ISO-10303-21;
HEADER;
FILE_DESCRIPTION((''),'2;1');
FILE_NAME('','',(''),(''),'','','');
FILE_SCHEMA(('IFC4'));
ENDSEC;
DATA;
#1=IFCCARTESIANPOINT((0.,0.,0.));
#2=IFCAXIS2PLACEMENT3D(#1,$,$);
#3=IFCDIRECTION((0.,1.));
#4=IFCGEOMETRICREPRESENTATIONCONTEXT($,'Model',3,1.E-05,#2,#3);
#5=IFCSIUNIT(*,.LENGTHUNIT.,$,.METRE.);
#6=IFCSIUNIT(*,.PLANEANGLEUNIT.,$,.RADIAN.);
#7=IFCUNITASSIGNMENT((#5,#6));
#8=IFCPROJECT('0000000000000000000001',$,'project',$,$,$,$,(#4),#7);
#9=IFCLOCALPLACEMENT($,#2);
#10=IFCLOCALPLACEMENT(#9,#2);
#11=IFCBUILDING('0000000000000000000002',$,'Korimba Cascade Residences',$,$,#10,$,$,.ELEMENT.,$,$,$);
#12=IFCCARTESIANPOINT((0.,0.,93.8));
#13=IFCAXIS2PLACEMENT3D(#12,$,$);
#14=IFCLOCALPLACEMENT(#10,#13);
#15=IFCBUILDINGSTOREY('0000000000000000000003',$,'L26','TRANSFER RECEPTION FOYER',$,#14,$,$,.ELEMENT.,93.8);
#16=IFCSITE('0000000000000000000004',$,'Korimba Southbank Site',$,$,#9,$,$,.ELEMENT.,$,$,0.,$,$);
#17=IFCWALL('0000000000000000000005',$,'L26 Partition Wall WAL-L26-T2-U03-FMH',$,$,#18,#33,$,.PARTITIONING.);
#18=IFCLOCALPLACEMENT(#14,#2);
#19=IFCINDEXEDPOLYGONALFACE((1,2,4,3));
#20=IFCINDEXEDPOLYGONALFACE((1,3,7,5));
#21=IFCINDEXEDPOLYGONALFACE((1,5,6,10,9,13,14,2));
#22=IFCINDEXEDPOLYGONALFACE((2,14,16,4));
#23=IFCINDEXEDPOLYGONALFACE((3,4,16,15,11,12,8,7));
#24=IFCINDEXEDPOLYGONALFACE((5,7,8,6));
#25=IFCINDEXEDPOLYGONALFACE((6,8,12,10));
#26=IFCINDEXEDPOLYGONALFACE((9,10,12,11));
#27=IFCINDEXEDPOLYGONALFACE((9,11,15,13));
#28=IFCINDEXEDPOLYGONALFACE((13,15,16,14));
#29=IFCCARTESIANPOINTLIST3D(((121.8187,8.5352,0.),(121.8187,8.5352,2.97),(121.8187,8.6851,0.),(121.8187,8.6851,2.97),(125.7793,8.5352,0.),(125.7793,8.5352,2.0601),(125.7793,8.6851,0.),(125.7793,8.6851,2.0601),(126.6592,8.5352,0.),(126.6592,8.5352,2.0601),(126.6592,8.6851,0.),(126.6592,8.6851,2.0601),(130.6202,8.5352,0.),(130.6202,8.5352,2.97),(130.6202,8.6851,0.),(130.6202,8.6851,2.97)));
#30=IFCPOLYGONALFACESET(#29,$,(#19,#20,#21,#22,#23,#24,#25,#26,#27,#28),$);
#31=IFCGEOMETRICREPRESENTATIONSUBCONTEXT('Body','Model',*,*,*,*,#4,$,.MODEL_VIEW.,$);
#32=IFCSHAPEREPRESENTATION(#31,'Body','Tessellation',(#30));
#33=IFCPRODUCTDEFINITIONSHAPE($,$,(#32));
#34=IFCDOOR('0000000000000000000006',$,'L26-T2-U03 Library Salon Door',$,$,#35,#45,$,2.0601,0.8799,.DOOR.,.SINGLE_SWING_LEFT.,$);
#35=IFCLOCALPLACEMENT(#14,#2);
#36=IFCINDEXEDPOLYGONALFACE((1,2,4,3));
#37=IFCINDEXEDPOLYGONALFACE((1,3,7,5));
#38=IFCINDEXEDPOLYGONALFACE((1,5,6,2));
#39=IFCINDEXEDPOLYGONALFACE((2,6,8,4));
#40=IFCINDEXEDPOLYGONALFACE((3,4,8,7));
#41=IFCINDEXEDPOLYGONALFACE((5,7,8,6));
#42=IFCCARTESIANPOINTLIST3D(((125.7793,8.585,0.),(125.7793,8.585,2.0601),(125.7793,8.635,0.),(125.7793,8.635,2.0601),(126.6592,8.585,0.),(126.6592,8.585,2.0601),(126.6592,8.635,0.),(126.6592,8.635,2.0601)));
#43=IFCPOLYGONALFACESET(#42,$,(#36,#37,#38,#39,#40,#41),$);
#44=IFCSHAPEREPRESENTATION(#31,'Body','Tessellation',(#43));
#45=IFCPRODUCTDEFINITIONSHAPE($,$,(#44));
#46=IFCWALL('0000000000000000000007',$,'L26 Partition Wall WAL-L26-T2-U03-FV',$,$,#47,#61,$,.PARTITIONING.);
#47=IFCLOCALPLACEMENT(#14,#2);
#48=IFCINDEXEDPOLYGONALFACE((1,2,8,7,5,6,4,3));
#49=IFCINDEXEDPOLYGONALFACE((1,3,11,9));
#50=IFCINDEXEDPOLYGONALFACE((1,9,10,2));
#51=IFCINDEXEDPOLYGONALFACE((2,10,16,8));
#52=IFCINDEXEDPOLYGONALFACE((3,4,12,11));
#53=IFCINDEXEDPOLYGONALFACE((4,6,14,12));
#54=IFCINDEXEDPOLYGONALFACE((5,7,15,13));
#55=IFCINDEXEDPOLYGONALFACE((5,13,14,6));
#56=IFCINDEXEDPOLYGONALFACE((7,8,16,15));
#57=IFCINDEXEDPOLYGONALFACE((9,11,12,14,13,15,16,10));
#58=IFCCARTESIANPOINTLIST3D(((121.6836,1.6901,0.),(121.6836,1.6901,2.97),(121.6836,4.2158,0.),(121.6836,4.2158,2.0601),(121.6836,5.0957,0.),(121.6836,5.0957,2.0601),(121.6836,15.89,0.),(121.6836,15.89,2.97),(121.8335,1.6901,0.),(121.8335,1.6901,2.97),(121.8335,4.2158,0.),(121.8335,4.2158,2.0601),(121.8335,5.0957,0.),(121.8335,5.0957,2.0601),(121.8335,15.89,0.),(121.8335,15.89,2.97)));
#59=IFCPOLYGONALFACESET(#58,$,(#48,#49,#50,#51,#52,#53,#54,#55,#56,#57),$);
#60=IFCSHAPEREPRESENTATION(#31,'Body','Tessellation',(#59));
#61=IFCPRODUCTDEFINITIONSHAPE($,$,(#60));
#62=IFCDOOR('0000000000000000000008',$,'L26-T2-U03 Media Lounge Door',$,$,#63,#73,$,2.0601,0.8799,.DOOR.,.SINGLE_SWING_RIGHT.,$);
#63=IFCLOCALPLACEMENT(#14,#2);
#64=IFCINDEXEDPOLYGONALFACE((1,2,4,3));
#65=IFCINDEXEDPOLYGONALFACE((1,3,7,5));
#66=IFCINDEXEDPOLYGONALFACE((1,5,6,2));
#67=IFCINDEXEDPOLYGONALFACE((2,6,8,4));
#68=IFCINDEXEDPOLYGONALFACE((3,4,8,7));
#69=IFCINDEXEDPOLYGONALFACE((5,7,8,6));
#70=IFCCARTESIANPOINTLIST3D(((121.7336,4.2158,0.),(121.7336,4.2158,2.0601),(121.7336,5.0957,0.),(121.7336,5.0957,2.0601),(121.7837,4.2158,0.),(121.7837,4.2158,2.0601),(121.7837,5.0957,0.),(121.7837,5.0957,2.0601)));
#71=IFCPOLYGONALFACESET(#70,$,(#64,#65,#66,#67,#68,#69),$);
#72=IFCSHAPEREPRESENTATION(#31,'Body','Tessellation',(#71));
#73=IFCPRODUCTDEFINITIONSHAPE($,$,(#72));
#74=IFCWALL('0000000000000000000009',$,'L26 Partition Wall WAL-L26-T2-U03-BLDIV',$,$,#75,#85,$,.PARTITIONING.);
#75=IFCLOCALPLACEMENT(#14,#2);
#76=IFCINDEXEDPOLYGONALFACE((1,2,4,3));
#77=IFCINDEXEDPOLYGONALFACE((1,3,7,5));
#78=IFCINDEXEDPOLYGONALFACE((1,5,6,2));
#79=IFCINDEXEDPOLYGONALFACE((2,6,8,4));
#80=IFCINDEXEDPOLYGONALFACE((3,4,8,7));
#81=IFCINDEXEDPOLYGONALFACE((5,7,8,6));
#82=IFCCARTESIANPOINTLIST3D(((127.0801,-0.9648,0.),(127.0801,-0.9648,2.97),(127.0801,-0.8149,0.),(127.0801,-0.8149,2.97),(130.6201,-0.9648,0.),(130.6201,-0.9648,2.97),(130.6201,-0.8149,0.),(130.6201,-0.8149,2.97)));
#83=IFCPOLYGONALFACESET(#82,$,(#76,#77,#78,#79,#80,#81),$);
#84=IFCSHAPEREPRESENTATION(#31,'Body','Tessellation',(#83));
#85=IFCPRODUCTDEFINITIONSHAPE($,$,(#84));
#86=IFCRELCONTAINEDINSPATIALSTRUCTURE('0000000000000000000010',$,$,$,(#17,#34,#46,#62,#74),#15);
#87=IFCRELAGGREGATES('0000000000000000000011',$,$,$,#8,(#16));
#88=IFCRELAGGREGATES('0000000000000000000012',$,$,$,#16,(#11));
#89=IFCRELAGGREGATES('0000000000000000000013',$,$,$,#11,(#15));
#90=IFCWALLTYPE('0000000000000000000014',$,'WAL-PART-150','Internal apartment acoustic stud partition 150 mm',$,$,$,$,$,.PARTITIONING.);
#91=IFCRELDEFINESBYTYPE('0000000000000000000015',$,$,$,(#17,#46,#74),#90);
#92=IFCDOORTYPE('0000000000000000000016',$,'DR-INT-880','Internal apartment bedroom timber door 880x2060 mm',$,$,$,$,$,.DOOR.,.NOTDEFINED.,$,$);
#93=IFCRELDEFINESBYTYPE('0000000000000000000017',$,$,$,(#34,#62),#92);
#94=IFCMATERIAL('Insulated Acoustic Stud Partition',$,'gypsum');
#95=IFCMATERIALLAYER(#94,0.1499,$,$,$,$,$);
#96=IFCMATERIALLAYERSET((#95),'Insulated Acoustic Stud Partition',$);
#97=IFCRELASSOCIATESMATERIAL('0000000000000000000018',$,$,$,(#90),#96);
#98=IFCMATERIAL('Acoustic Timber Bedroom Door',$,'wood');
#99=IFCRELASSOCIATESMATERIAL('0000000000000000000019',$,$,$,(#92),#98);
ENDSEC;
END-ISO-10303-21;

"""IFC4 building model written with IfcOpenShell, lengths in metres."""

from ifc_helpers import new_model, si_unit, direction, frame, frame_2d, origin, place, context, subcontext, project, spatial, rectangle, extrude, material, layer, layer_set, type_object, element, fill, save


model = new_model("IFC4")

# Units and contexts
model_context = context("Model", 3, precision=1e-05, world=origin(), true_north=direction((0.0, 1.0)))
body_context = subcontext(model_context, "Body", "Model", "MODEL_VIEW")
ifc_project = project(units=[si_unit("LENGTHUNIT", "METRE"), si_unit("PLANEANGLEUNIT", "RADIAN")], contexts=[model_context])

# Site, building, storey
site_placement = place(None, origin())
site = spatial("IfcSite", under=ifc_project, at=site_placement, Name="Korimba Southbank Site", CompositionType="ELEMENT", RefElevation=0.0)
building_placement = place(site_placement, origin())
building = spatial("IfcBuilding", under=site, at=building_placement, Name="Korimba Cascade Residences", CompositionType="ELEMENT")
storey_placement = place(building_placement, frame((0.0, 0.0, 93.8)))
storey = spatial("IfcBuildingStorey", under=building, at=storey_placement, Name="L26", Description="TRANSFER RECEPTION FOYER", CompositionType="ELEMENT", Elevation=93.8)

# Walls, openings, doors
ifc_material_1 = material(Name="Insulated Acoustic Stud Partition", Category="gypsum")
ifc_layer_1 = layer(ifc_material_1, 0.1499)
ifc_layer_set_1 = layer_set([ifc_layer_1], Name="Insulated Acoustic Stud Partition")
wall_type = type_object("IfcWallType", Name="WAL-PART-150", Description="Internal apartment acoustic stud partition 150 mm", PredefinedType="PARTITIONING", material=ifc_layer_set_1)
wall_1_placement = place(storey_placement, frame((121.8186, 8.6101, 0.0), z_axis=(0.0, 0.0, 1.0), x_axis=(1.0, 0.0, 0.0)))
wall_1 = element("IfcWall", 1, at=wall_1_placement, inside=storey, type_object=wall_type, Name="L26 Partition Wall WAL-L26-T2-U03-FMH", PredefinedType="PARTITIONING", context=body_context, shape_type="SweptSolid", body=[
    extrude(rectangle(XDim=8.8015, YDim=0.1499, at=frame_2d((4.4009, 0.0))), origin(), (0.0, 0.0, 1.0), 2.97),
])
opening_1_placement = place(wall_1_placement, frame((3.9607, 0.0, 0.0)))
opening_1 = element("IfcOpeningElement", 2, at=opening_1_placement, cuts=wall_1, PredefinedType="OPENING", context=body_context, shape_type="SweptSolid", body=[
    extrude(rectangle(XDim=0.8799, YDim=2.0601, at=frame_2d((0.4399, 1.03))), frame((0.0, 0.085, 0.0), z_axis=(0.0, -1.0, 0.0), x_axis=(1.0, 0.0, 0.0)), (0.0, 0.0, 1.0), 0.1699),
])
ifc_material_2 = material(Name="Acoustic Timber Bedroom Door", Category="wood")
door_type = type_object("IfcDoorType", Name="DR-INT-880", Description="Internal apartment bedroom timber door 880x2060 mm", OperationType="NOTDEFINED", PredefinedType="DOOR", material=ifc_material_2)
door_1_placement = place(opening_1_placement, origin())
door_1 = element("IfcDoor", 3, at=door_1_placement, inside=storey, type_object=door_type, Name="L26-T2-U03 Library Salon Door", OperationType="SINGLE_SWING_LEFT", OverallHeight=2.0601, OverallWidth=0.8799, PredefinedType="DOOR", context=body_context, shape_type="SweptSolid", body=[
    extrude(rectangle(XDim=0.8799, YDim=2.0601, at=frame_2d((0.4399, 1.03))), frame((0.0, 0.0249, 0.0), z_axis=(0.0, -1.0, 0.0), x_axis=(1.0, 0.0, 0.0)), (0.0, 0.0, 1.0), 0.05),
])
fill(opening_1, door_1)
wall_2_placement = place(storey_placement, frame((121.7585, 1.6899, 0.0), z_axis=(0.0, 0.0, 1.0), x_axis=(0.0, 1.0, 0.0)))
wall_2 = element("IfcWall", 4, at=wall_2_placement, inside=storey, type_object=wall_type, Name="L26 Partition Wall WAL-L26-T2-U03-FV", PredefinedType="PARTITIONING", context=body_context, shape_type="SweptSolid", body=[
    extrude(rectangle(XDim=14.2, YDim=0.1499, at=frame_2d((7.1001, 0.0))), origin(), (0.0, 0.0, 1.0), 2.97),
])
opening_2_placement = place(wall_2_placement, frame((2.5259, 0.0, 0.0)))
opening_2 = element("IfcOpeningElement", 5, at=opening_2_placement, cuts=wall_2, PredefinedType="OPENING", context=body_context, shape_type="SweptSolid", body=[
    extrude(rectangle(XDim=0.8799, YDim=2.0601, at=frame_2d((0.4399, 1.03))), frame((0.0, 0.085, 0.0), z_axis=(0.0, -1.0, 0.0), x_axis=(1.0, 0.0, 0.0)), (0.0, 0.0, 1.0), 0.1699),
])
door_2_placement = place(opening_2_placement, origin())
door_2 = element("IfcDoor", 6, at=door_2_placement, inside=storey, type_object=door_type, Name="L26-T2-U03 Media Lounge Door", OperationType="SINGLE_SWING_RIGHT", OverallHeight=2.0601, OverallWidth=0.8799, PredefinedType="DOOR", context=body_context, shape_type="SweptSolid", body=[
    extrude(rectangle(XDim=0.8799, YDim=2.0601, at=frame_2d((0.4399, 1.03))), frame((0.0, 0.0249, 0.0), z_axis=(0.0, -1.0, 0.0), x_axis=(1.0, 0.0, 0.0)), (0.0, 0.0, 1.0), 0.05),
])
fill(opening_2, door_2)

# Wall
wall_3_placement = place(storey_placement, frame((127.0801, -0.8899, 0.0), z_axis=(0.0, 0.0, 1.0), x_axis=(1.0, 0.0, 0.0)))
element("IfcWall", 7, at=wall_3_placement, inside=storey, type_object=wall_type, Name="L26 Partition Wall WAL-L26-T2-U03-BLDIV", PredefinedType="PARTITIONING", context=body_context, shape_type="SweptSolid", body=[
    extrude(rectangle(XDim=3.54, YDim=0.1499, at=frame_2d((1.77, 0.0))), origin(), (0.0, 0.0, 1.0), 2.97),
])

save(model, "model.ifc")
